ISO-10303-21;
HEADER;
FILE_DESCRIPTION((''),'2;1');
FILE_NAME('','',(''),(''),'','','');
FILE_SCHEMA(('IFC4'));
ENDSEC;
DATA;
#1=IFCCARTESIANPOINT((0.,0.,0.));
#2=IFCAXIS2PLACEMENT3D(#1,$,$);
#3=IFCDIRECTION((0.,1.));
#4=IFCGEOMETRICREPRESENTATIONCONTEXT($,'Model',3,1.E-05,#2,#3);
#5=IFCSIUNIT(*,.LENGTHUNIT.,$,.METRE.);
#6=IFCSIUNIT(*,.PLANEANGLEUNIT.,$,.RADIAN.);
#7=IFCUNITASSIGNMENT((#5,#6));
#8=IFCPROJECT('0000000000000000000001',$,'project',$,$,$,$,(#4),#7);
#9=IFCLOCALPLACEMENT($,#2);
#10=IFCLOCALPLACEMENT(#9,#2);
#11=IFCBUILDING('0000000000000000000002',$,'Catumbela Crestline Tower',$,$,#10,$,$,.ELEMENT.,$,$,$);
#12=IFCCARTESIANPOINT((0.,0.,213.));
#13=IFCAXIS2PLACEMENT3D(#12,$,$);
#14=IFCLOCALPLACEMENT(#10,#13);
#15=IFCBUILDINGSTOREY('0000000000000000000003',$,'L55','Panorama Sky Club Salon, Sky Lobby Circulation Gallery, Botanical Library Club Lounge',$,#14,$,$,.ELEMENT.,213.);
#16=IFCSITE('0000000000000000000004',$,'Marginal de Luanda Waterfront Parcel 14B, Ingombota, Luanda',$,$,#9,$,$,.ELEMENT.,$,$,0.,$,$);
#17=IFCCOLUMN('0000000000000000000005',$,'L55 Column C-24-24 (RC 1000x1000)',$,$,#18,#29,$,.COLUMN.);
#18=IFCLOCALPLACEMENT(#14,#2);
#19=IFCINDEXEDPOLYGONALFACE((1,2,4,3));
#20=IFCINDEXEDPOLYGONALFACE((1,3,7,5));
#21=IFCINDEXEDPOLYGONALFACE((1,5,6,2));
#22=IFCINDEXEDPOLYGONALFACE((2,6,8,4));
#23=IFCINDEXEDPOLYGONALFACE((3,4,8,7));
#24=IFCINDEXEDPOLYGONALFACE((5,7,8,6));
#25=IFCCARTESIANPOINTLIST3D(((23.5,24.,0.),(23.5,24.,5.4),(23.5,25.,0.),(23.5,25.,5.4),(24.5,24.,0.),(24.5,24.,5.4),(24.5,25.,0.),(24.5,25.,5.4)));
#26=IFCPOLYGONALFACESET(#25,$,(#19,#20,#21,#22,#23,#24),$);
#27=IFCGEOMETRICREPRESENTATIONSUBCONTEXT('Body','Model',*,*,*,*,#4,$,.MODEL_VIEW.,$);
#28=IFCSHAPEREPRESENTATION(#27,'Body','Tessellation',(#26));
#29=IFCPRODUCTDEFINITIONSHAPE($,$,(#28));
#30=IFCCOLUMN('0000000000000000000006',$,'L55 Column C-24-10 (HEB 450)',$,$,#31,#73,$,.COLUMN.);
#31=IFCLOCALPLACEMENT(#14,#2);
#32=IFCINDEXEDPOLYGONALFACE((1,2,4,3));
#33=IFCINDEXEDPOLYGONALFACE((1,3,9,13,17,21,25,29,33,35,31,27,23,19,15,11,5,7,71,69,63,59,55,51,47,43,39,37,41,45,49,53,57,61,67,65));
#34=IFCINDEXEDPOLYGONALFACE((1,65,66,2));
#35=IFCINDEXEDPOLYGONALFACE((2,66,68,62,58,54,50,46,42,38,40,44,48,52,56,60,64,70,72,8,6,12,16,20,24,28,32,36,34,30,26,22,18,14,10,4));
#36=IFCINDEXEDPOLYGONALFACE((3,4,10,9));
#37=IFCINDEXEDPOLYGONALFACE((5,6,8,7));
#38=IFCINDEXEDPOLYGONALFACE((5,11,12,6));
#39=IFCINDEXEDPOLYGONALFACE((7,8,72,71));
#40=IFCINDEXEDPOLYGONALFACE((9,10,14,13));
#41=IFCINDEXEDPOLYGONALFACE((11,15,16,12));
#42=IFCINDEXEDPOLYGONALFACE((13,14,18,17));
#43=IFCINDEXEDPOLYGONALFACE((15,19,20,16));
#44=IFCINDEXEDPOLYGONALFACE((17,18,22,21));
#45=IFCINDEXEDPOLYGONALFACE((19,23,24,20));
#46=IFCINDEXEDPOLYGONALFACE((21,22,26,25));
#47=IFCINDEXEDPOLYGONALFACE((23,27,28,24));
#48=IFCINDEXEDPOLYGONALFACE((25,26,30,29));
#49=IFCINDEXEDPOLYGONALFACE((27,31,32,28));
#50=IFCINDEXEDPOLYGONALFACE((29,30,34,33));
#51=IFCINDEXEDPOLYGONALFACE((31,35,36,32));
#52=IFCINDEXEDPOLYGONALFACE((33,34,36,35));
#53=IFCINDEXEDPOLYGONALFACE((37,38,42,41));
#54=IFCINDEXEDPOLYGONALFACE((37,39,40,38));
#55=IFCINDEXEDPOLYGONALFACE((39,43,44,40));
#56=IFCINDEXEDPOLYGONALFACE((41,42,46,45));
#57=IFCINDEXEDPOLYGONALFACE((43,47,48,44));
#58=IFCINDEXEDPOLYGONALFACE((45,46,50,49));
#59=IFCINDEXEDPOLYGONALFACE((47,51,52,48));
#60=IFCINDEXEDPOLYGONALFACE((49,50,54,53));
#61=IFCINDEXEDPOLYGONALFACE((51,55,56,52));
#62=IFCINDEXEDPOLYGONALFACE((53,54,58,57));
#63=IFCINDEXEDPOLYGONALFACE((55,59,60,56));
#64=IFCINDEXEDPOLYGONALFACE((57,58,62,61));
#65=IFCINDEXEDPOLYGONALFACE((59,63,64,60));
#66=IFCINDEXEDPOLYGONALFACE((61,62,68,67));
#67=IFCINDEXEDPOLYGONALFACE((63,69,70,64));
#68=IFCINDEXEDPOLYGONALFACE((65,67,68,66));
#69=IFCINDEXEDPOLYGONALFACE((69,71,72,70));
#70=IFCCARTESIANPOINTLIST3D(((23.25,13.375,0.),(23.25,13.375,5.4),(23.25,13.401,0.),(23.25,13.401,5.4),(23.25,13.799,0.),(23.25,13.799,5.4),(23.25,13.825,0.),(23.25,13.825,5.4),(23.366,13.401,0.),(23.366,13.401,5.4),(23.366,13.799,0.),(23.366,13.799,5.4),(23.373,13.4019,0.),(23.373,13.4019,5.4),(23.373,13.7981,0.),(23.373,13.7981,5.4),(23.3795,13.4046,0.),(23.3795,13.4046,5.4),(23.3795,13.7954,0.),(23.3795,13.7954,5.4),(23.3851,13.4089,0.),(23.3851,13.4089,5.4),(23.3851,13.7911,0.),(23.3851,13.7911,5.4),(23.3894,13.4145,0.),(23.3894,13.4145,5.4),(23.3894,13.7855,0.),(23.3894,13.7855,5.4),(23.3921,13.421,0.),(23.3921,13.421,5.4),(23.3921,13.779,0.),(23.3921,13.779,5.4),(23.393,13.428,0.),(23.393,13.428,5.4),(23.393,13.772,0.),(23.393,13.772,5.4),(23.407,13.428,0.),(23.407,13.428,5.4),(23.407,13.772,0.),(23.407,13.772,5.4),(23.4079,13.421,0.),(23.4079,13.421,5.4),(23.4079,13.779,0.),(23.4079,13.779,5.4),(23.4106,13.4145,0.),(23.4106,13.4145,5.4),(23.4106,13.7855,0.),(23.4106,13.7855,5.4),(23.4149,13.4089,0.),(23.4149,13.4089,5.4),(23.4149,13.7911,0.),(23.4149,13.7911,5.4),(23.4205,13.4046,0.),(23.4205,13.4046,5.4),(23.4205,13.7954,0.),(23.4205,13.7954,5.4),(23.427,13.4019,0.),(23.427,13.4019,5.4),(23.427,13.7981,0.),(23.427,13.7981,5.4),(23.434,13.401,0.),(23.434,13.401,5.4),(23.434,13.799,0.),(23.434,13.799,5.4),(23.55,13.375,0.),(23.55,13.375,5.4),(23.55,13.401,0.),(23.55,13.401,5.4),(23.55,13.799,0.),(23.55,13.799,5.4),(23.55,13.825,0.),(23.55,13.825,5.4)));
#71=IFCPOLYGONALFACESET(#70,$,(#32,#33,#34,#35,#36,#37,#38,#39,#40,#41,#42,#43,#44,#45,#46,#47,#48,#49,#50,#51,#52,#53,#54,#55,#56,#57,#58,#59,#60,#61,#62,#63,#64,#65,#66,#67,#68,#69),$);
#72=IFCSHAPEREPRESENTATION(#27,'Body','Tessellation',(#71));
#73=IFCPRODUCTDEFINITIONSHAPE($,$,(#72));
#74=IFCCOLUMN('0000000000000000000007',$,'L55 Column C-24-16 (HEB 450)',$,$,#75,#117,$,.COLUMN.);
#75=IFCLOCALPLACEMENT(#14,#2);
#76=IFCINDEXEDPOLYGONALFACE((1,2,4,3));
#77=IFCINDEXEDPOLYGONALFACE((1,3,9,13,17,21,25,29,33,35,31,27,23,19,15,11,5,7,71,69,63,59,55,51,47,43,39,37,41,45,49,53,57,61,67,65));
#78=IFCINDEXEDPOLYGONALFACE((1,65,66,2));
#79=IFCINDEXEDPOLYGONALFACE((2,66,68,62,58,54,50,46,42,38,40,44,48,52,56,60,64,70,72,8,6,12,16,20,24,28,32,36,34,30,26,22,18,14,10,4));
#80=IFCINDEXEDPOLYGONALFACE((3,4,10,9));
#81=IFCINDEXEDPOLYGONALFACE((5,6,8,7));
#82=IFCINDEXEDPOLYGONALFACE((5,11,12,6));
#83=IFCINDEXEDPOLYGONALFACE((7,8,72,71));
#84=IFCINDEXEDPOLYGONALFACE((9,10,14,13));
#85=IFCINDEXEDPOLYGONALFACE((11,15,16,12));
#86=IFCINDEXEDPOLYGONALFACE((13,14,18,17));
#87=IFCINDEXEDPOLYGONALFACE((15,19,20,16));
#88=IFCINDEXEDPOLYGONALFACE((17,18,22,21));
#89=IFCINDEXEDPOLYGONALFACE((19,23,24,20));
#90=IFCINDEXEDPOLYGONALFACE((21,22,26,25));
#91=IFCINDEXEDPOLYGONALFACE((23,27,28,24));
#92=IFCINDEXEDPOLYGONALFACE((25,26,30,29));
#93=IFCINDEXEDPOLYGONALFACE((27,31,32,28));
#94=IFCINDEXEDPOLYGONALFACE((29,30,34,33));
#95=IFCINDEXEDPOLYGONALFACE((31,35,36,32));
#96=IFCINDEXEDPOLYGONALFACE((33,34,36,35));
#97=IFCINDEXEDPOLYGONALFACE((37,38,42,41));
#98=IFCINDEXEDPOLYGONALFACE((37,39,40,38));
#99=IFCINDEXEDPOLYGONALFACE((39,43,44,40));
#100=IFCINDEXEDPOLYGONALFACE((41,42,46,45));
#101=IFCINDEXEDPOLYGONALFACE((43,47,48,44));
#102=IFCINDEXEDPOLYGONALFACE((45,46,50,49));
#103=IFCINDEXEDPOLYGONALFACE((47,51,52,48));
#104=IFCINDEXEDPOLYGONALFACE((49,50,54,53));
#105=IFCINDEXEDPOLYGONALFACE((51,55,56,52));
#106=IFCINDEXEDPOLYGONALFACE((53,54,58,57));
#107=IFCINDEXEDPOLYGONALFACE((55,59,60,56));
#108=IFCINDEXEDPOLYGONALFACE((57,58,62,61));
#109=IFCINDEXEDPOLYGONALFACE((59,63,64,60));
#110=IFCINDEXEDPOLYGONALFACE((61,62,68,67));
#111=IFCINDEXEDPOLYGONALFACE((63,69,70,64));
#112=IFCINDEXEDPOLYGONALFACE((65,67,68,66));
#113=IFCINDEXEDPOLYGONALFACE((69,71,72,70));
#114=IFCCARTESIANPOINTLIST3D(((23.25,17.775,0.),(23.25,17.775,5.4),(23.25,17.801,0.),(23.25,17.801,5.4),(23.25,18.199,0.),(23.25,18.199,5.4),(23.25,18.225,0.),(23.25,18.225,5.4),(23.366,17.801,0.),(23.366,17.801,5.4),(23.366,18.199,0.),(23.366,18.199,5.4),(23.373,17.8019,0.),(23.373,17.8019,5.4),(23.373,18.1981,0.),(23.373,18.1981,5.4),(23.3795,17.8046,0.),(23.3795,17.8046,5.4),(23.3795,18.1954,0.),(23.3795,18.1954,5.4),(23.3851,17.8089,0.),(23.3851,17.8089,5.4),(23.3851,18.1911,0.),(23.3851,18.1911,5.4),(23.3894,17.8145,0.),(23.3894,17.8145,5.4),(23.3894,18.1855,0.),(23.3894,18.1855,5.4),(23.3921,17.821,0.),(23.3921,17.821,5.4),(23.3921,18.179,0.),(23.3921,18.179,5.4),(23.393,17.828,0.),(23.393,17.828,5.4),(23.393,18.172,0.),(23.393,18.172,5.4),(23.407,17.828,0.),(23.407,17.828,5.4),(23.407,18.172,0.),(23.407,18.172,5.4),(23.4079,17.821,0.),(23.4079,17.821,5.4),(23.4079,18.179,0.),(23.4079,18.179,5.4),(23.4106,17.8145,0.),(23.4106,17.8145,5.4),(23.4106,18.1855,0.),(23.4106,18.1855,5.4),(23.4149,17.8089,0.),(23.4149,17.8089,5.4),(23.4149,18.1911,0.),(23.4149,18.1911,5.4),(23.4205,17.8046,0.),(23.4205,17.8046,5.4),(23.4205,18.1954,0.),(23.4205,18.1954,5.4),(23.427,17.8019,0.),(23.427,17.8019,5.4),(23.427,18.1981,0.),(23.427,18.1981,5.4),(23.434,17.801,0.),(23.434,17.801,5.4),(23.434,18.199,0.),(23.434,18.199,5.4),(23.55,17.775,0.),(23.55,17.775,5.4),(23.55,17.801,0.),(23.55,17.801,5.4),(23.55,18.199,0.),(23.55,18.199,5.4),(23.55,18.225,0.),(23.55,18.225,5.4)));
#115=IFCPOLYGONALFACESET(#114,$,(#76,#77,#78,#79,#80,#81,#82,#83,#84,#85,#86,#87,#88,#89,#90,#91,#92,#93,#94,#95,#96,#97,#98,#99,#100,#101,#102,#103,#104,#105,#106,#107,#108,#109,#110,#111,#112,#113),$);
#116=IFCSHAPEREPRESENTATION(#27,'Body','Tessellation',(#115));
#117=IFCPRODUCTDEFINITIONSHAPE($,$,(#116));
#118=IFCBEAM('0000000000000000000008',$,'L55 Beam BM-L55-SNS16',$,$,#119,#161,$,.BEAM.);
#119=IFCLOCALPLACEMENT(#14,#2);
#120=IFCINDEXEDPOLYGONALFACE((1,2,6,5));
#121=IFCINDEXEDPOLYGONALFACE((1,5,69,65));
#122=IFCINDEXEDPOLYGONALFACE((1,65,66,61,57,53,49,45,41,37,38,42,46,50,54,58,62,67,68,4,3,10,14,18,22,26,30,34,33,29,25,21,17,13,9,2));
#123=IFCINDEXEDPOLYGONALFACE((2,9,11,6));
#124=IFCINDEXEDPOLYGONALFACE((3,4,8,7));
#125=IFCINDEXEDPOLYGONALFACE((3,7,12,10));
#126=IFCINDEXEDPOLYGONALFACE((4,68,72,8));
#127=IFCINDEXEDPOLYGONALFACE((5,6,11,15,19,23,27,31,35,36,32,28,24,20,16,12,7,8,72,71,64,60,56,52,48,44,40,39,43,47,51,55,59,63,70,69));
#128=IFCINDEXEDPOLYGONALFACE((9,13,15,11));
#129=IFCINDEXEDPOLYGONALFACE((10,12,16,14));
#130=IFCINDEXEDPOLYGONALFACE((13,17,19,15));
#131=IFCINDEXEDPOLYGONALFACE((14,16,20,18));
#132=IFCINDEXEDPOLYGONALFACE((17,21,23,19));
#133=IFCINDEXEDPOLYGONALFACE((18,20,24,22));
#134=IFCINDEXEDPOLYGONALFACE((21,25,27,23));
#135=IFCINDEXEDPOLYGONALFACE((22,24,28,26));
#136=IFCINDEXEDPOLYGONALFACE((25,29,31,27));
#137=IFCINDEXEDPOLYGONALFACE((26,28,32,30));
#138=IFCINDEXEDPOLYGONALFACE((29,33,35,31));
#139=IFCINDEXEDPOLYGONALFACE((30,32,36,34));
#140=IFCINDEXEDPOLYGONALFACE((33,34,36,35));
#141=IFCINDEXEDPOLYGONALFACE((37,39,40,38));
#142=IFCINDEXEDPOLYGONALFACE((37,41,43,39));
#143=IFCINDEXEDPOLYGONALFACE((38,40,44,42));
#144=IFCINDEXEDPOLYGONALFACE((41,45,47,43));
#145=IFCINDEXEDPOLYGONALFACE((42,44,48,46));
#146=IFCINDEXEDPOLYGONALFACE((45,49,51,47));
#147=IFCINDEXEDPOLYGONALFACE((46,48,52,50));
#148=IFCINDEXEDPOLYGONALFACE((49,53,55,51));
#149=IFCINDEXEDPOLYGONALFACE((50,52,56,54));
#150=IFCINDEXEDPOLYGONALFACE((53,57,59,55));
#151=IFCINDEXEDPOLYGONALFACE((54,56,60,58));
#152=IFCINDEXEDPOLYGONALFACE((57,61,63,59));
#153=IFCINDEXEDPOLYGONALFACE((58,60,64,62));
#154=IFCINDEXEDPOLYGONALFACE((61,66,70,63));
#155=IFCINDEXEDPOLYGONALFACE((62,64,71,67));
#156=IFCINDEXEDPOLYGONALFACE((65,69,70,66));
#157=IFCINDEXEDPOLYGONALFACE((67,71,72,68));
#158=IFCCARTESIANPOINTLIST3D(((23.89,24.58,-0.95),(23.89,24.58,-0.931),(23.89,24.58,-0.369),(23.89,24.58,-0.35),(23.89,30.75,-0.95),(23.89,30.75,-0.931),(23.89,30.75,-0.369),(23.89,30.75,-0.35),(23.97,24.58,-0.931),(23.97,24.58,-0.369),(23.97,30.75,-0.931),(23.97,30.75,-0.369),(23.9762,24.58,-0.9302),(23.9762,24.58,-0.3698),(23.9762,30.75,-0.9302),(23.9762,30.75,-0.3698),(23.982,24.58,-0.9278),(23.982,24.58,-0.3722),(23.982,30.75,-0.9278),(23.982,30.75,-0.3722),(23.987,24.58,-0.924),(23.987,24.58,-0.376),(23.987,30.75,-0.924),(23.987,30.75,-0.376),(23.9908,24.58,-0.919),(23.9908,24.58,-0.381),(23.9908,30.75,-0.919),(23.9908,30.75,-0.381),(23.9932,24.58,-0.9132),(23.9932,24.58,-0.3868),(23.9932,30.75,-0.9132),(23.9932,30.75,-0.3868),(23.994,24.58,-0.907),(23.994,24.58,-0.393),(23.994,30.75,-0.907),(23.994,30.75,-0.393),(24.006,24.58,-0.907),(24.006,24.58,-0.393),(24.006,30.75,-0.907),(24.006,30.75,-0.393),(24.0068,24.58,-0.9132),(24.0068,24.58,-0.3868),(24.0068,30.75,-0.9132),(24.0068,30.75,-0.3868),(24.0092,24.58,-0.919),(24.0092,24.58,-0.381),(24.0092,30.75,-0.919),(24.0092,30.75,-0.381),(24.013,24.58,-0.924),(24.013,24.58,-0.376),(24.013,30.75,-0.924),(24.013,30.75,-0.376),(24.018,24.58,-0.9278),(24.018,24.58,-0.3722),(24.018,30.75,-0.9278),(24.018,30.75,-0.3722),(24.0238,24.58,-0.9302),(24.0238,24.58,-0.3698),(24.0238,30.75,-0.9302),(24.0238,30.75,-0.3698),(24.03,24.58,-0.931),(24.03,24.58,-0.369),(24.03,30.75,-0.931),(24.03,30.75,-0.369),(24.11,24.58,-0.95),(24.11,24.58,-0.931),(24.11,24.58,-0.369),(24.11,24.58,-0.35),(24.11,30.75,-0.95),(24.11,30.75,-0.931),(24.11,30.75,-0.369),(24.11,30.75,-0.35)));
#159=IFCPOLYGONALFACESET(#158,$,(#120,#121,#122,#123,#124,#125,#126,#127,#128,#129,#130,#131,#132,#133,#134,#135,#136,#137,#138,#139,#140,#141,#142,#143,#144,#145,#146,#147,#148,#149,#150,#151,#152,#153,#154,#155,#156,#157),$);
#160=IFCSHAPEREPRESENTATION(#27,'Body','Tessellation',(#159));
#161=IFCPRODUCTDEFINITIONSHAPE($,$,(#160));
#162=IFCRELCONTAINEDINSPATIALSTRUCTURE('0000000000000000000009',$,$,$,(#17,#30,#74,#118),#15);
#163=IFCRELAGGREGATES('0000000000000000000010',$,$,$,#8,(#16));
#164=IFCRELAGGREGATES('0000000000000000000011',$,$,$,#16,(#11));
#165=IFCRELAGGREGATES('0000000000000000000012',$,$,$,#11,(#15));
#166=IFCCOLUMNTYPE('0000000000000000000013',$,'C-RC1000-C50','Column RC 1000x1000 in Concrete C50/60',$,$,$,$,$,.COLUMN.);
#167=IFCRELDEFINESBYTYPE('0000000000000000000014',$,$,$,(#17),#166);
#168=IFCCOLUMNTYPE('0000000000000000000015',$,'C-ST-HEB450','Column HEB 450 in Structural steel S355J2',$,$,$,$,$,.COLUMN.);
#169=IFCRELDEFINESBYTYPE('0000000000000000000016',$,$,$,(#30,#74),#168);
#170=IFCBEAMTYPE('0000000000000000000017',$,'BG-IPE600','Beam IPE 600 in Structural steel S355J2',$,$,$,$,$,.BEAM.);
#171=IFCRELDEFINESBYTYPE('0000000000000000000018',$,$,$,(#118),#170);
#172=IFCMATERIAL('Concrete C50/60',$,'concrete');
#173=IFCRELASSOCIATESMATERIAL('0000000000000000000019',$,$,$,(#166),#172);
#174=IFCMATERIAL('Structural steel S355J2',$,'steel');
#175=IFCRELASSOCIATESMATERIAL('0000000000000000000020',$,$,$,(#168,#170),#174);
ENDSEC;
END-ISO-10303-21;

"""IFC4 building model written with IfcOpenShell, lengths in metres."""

from ifc_helpers import new_model, si_unit, direction, frame, origin, origin_2d, place, context, subcontext, project, spatial, rectangle, i_section, extrude, material, material_profile, profile_set, type_object, element, save


model = new_model("IFC4")

# Units and contexts
model_context = context("Model", 3, precision=1e-05, world=origin(), true_north=direction((0.0, 1.0)))
body_context = subcontext(model_context, "Body", "Model", "MODEL_VIEW")
ifc_project = project(units=[si_unit("LENGTHUNIT", "METRE"), si_unit("PLANEANGLEUNIT", "RADIAN")], contexts=[model_context])

# Site, building, storey
site_placement = place(None, origin())
site = spatial("IfcSite", under=ifc_project, at=site_placement, Name="Marginal de Luanda Waterfront Parcel 14B, Ingombota, Luanda", CompositionType="ELEMENT", RefElevation=0.0)
building_placement = place(site_placement, origin())
building = spatial("IfcBuilding", under=site, at=building_placement, Name="Catumbela Crestline Tower", CompositionType="ELEMENT")
storey_placement = place(building_placement, frame((0.0, 0.0, 213.0)))
storey = spatial("IfcBuildingStorey", under=building, at=storey_placement, Name="L55", Description="Panorama Sky Club Salon, Sky Lobby Circulation Gallery, Botanical Library Club Lounge", CompositionType="ELEMENT", Elevation=213.0)

# Columns
ifc_material_1 = material(Name="Concrete C50/60", Category="concrete")
ifc_material_profile_1 = material_profile(ifc_material_1, rectangle(XDim=1.0, YDim=1.0, at=origin_2d()), Name="RC 1000x1000")
ifc_profile_set_1 = profile_set([ifc_material_profile_1], Name="Concrete C50/60")
column_type_1 = type_object("IfcColumnType", Name="C-RC1000-C50", Description="Column RC 1000x1000 in Concrete C50/60", PredefinedType="COLUMN", material=ifc_profile_set_1)
column_placement = place(storey_placement, frame((24.0, 24.5, 0.0), z_axis=(0.0, 0.0, 1.0), x_axis=(1.0, 0.0, 0.0)))
element("IfcColumn", 1, at=column_placement, inside=storey, type_object=column_type_1, Name="L55 Column C-24-24 (RC 1000x1000)", PredefinedType="COLUMN", context=body_context, shape_type="SweptSolid", body=[
    extrude(rectangle(XDim=1.0, YDim=1.0, at=origin_2d()), origin(), (0.0, 0.0, 1.0), 5.4),
])
ifc_material_2 = material(Name="Structural steel S355J2", Category="steel")
ifc_material_profile_2 = material_profile(ifc_material_2, i_section(OverallWidth=0.3, OverallDepth=0.45, WebThickness=0.014, FlangeThickness=0.026, FilletRadius=0.027, at=origin_2d()), Name="HEB 450")
ifc_profile_set_2 = profile_set([ifc_material_profile_2], Name="Structural steel S355J2")
column_type_2 = type_object("IfcColumnType", Name="C-ST-HEB450", Description="Column HEB 450 in Structural steel S355J2", PredefinedType="COLUMN", material=ifc_profile_set_2)
for number, where, z_axis, x_axis, name in (
    (2, (23.4, 13.6, 0.0), (0.0, 0.0, 1.0), (1.0, 0.0, 0.0), "L55 Column C-24-10 (HEB 450)"),
    (3, (23.4, 18.0, 0.0), (0.0, 0.0, 1.0), (1.0, 0.0, 0.0), "L55 Column C-24-16 (HEB 450)"),
):
    element("IfcColumn", number, at=place(storey_placement, frame(where, z_axis=z_axis, x_axis=x_axis)), inside=storey, type_object=column_type_2, Name=name, PredefinedType="COLUMN", context=body_context, shape_type="SweptSolid", body=[
        extrude(i_section(OverallWidth=0.3, OverallDepth=0.45, WebThickness=0.014, FlangeThickness=0.026, FilletRadius=0.027, at=origin_2d()), origin(), (0.0, 0.0, 1.0), 5.4),
    ])

# Beam
ifc_material_profile_3 = material_profile(ifc_material_2, i_section(OverallWidth=0.22, OverallDepth=0.6, WebThickness=0.012, FlangeThickness=0.019, FilletRadius=0.024, at=origin_2d()), Name="IPE 600")
ifc_profile_set_3 = profile_set([ifc_material_profile_3], Name="Structural steel S355J2")
beam_type_1 = type_object("IfcBeamType", Name="BG-IPE600", Description="Beam IPE 600 in Structural steel S355J2", PredefinedType="BEAM", material=ifc_profile_set_3)
beam_1_placement = place(storey_placement, frame((24.0, 24.58, -0.65), z_axis=(0.0, 1.0, 0.0), x_axis=(-1.0, 0.0, 0.0)))
element("IfcBeam", 4, at=beam_1_placement, inside=storey, type_object=beam_type_1, Name="L55 Beam BM-L55-SNS16", PredefinedType="BEAM", context=body_context, shape_type="SweptSolid", body=[
    extrude(i_section(OverallWidth=0.22, OverallDepth=0.6, WebThickness=0.012, FlangeThickness=0.019, FilletRadius=0.024, at=origin_2d()), origin(), (0.0, 0.0, 1.0), 6.17),
])

save(model, "model.ifc")
